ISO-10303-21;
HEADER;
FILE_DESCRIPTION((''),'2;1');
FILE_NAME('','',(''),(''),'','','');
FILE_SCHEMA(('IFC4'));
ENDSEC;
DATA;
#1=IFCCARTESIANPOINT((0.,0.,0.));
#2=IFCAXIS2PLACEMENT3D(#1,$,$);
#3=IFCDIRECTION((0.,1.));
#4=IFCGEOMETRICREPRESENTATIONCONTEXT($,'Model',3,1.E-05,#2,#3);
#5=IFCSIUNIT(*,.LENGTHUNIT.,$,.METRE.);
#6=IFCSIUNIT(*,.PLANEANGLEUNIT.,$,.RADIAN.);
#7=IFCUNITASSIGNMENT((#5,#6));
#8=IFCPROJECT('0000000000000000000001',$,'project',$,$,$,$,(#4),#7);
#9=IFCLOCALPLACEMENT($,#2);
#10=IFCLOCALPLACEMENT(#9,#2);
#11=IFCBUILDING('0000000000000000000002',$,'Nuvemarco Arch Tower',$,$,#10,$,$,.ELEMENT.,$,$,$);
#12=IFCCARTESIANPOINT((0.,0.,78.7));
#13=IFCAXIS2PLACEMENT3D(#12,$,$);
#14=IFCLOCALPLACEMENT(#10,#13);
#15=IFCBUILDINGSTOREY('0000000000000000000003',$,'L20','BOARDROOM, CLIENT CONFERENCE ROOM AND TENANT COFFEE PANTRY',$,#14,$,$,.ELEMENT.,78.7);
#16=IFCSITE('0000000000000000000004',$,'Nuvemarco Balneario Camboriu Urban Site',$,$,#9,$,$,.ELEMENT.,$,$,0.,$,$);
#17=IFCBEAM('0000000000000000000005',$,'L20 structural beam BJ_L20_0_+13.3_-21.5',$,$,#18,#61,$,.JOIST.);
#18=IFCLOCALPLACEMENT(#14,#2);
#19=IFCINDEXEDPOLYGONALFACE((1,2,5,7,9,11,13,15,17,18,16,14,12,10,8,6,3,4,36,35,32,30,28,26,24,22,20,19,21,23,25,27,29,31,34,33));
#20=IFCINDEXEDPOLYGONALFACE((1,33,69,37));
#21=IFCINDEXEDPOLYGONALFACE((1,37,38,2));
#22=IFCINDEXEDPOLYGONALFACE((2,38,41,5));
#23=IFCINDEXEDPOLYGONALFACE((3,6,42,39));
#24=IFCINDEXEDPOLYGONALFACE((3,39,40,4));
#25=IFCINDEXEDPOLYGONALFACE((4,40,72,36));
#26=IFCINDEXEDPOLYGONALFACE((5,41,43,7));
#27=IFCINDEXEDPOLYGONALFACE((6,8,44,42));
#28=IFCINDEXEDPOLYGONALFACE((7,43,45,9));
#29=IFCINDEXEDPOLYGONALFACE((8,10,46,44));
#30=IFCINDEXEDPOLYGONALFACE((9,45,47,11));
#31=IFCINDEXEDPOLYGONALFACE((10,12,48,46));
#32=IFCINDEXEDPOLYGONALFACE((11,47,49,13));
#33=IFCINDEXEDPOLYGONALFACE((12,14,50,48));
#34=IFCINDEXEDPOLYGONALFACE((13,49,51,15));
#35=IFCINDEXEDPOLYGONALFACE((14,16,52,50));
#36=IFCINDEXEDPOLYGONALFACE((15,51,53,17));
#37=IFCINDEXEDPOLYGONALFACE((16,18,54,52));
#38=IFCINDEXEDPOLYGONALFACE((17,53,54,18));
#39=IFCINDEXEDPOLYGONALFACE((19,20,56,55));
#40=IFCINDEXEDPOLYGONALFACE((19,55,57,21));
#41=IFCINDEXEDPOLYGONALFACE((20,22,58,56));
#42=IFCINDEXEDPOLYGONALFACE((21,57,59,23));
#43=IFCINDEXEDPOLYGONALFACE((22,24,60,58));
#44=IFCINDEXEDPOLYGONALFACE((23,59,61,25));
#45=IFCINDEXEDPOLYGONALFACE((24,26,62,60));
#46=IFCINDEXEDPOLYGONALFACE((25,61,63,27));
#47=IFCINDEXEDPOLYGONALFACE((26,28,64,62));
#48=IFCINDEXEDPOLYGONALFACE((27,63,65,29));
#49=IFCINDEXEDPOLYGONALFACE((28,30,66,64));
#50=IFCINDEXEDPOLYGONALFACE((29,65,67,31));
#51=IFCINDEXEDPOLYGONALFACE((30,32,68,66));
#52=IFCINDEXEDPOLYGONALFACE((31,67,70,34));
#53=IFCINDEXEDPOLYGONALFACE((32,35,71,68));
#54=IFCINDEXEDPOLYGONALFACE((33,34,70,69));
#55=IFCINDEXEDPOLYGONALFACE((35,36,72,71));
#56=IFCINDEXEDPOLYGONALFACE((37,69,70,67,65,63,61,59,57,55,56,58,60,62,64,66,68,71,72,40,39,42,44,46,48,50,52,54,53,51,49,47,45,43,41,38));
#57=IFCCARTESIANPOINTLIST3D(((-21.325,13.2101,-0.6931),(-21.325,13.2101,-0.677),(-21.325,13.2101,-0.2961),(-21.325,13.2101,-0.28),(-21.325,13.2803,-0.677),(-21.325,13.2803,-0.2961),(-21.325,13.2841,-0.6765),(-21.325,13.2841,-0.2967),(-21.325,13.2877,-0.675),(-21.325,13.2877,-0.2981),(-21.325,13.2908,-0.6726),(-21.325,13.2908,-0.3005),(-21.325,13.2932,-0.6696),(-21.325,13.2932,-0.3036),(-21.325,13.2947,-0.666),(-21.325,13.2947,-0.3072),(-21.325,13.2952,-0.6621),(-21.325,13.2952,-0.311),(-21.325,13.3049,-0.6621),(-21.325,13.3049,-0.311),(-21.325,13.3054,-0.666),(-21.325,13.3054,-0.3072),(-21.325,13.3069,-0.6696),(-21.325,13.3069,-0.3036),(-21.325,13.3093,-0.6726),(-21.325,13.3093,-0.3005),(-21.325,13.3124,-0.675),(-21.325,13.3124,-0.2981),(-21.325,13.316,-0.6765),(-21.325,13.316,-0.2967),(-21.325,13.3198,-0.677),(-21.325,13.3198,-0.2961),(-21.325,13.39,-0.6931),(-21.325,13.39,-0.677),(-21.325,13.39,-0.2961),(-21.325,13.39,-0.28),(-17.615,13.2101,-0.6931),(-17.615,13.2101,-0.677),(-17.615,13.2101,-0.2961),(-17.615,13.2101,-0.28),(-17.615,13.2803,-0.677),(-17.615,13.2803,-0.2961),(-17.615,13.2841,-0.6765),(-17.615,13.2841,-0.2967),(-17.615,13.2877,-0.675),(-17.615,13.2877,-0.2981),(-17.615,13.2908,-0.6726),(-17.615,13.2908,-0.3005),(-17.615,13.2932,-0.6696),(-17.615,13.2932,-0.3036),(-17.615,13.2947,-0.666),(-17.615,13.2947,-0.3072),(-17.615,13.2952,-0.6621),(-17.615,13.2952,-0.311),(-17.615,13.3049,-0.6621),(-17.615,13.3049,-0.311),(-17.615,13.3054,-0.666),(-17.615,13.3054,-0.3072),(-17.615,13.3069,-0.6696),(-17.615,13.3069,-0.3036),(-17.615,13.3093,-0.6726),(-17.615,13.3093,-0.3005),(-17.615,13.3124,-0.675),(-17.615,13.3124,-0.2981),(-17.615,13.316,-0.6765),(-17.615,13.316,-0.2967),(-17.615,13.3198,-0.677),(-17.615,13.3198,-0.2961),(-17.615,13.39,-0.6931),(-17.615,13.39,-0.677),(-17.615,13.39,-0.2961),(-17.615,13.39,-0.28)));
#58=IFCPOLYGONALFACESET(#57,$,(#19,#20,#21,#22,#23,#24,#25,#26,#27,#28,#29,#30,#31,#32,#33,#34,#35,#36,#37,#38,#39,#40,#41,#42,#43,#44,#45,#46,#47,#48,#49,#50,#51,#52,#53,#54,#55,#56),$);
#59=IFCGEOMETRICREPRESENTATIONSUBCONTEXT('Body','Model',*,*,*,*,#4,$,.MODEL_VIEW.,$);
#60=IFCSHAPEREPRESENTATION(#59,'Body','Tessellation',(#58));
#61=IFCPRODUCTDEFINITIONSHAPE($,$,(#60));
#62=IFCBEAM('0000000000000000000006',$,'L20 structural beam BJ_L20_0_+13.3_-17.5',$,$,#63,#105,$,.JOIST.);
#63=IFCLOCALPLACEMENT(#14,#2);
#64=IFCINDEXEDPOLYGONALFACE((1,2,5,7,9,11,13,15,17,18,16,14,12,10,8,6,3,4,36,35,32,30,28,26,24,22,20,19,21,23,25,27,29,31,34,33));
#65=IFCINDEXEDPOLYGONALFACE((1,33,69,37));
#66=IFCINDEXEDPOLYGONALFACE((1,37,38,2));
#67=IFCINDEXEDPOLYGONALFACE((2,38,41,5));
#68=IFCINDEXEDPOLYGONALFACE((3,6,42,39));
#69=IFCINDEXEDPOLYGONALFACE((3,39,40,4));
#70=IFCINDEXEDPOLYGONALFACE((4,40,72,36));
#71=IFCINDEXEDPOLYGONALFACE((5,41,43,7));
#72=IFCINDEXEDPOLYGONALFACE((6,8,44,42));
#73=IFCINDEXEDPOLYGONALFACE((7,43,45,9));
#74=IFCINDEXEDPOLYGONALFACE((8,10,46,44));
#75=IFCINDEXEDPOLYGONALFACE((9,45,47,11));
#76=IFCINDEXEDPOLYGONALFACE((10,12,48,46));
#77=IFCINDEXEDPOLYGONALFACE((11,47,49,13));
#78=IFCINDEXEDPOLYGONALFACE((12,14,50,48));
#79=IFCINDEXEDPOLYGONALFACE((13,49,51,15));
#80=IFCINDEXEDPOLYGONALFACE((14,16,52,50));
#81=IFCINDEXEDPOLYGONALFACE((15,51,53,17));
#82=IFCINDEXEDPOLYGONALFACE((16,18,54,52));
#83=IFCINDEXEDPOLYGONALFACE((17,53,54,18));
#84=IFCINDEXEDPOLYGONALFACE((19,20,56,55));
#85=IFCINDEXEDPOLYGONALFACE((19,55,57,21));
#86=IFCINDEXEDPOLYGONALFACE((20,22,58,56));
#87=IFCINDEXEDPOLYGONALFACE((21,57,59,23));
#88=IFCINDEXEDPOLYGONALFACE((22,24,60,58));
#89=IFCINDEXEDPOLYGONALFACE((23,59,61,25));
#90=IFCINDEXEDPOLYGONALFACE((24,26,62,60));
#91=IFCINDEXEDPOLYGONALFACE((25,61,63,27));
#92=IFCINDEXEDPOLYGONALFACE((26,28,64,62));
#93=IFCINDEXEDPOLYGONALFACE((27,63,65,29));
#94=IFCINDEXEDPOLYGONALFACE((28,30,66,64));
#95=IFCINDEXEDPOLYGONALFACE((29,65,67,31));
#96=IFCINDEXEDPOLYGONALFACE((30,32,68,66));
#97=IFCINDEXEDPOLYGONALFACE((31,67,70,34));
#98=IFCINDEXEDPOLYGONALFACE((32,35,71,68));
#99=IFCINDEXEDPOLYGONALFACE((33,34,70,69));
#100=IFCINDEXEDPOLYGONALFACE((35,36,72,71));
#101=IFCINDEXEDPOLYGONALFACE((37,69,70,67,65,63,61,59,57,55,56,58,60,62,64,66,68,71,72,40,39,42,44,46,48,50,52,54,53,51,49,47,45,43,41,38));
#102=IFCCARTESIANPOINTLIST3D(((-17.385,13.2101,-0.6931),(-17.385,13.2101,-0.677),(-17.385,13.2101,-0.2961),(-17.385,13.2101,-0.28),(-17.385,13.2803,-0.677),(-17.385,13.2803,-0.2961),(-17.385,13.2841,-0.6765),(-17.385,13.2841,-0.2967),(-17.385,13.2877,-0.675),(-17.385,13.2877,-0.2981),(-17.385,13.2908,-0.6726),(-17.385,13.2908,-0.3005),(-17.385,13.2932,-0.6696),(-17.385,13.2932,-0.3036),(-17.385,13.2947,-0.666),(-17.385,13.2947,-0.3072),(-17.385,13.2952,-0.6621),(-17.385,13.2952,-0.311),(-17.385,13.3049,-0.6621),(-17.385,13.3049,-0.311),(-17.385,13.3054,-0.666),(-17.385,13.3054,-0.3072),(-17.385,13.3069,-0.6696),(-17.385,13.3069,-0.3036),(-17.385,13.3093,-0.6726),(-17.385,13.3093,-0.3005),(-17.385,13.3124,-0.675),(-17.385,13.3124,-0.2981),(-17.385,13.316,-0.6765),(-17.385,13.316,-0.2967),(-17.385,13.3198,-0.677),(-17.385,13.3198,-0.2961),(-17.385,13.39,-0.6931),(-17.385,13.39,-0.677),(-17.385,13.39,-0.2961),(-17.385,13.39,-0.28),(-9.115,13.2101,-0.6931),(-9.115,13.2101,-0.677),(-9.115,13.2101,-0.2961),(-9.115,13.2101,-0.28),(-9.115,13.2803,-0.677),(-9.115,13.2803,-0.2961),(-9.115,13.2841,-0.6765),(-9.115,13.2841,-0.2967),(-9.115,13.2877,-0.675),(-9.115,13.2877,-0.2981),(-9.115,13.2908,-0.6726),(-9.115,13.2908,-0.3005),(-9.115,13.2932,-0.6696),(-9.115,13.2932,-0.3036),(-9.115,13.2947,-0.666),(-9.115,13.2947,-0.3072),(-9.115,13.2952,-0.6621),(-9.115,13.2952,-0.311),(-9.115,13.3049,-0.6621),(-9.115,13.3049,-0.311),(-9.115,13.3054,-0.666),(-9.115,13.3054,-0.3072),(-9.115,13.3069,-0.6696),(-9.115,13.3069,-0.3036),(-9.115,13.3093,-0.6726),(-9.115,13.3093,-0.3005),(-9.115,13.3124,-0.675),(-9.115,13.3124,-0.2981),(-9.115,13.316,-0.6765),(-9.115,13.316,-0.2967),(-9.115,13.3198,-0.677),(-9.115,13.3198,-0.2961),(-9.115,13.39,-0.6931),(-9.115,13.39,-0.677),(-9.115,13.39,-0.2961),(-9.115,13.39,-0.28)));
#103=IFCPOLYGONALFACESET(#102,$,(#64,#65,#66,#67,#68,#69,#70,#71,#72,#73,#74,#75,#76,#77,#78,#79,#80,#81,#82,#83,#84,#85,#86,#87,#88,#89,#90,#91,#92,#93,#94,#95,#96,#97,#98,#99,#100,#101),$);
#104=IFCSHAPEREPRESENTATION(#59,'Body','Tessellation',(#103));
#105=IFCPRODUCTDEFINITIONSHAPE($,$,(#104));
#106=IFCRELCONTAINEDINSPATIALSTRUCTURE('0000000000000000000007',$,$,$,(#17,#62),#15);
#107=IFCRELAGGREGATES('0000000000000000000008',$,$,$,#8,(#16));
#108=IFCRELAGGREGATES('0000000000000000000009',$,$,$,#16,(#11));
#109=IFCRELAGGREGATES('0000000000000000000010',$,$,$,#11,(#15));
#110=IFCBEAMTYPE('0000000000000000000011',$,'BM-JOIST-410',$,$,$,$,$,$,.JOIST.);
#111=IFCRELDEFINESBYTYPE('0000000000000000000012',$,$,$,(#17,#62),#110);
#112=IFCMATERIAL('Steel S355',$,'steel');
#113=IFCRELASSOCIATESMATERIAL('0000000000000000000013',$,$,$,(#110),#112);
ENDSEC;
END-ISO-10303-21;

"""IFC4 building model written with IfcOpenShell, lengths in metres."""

from ifc_helpers import new_model, si_unit, direction, frame, origin, origin_2d, place, context, subcontext, project, spatial, i_section, extrude, material, material_profile, profile_set, type_object, element, save


model = new_model("IFC4")

# Units and contexts
model_context = context("Model", 3, precision=1e-05, world=origin(), true_north=direction((0.0, 1.0)))
body_context = subcontext(model_context, "Body", "Model", "MODEL_VIEW")
ifc_project = project(units=[si_unit("LENGTHUNIT", "METRE"), si_unit("PLANEANGLEUNIT", "RADIAN")], contexts=[model_context])

# Site, building, storey
site_placement = place(None, origin())
site = spatial("IfcSite", under=ifc_project, at=site_placement, Name="Nuvemarco Balneario Camboriu Urban Site", CompositionType="ELEMENT", RefElevation=0.0)
building_placement = place(site_placement, origin())
building = spatial("IfcBuilding", under=site, at=building_placement, Name="Nuvemarco Arch Tower", CompositionType="ELEMENT")
storey_placement = place(building_placement, frame((0.0, 0.0, 78.7)))
storey = spatial("IfcBuildingStorey", under=building, at=storey_placement, Name="L20", Description="BOARDROOM, CLIENT CONFERENCE ROOM AND TENANT COFFEE PANTRY", CompositionType="ELEMENT", Elevation=78.7)

# Shared definitions
ifc_material_1 = material(Name="Steel S355", Category="steel")

# Beams
ifc_material_profile_1 = material_profile(ifc_material_1, i_section(OverallWidth=0.1799, OverallDepth=0.4131, WebThickness=0.0098, FlangeThickness=0.0161, FilletRadius=0.0149, at=origin_2d()), Name="W410x75")
ifc_profile_set_1 = profile_set([ifc_material_profile_1], Name="Steel S355")
beam_type_1 = type_object("IfcBeamType", Name="BM-JOIST-410", PredefinedType="JOIST", material=ifc_profile_set_1)
beam_1_placement = place(storey_placement, frame((-21.325, 13.3, -0.4866), z_axis=(1.0, 0.0, 0.0), x_axis=(0.0, 1.0, 0.0)))
element("IfcBeam", 1, at=beam_1_placement, inside=storey, type_object=beam_type_1, Name="L20 structural beam BJ_L20_0_+13.3_-21.5", PredefinedType="JOIST", context=body_context, shape_type="SweptSolid", body=[
    extrude(i_section(OverallWidth=0.1799, OverallDepth=0.4131, WebThickness=0.0098, FlangeThickness=0.0161, FilletRadius=0.0149, at=origin_2d()), origin(), (0.0, 0.0, 1.0), 3.71),
])
beam_2_placement = place(storey_placement, frame((-17.385, 13.3, -0.4866), z_axis=(1.0, 0.0, 0.0), x_axis=(0.0, 1.0, 0.0)))
element("IfcBeam", 2, at=beam_2_placement, inside=storey, type_object=beam_type_1, Name="L20 structural beam BJ_L20_0_+13.3_-17.5", PredefinedType="JOIST", context=body_context, shape_type="SweptSolid", body=[
    extrude(i_section(OverallWidth=0.1799, OverallDepth=0.4131, WebThickness=0.0098, FlangeThickness=0.0161, FilletRadius=0.0149, at=origin_2d()), origin(), (0.0, 0.0, 1.0), 8.27),
])

save(model, "model.ifc")
